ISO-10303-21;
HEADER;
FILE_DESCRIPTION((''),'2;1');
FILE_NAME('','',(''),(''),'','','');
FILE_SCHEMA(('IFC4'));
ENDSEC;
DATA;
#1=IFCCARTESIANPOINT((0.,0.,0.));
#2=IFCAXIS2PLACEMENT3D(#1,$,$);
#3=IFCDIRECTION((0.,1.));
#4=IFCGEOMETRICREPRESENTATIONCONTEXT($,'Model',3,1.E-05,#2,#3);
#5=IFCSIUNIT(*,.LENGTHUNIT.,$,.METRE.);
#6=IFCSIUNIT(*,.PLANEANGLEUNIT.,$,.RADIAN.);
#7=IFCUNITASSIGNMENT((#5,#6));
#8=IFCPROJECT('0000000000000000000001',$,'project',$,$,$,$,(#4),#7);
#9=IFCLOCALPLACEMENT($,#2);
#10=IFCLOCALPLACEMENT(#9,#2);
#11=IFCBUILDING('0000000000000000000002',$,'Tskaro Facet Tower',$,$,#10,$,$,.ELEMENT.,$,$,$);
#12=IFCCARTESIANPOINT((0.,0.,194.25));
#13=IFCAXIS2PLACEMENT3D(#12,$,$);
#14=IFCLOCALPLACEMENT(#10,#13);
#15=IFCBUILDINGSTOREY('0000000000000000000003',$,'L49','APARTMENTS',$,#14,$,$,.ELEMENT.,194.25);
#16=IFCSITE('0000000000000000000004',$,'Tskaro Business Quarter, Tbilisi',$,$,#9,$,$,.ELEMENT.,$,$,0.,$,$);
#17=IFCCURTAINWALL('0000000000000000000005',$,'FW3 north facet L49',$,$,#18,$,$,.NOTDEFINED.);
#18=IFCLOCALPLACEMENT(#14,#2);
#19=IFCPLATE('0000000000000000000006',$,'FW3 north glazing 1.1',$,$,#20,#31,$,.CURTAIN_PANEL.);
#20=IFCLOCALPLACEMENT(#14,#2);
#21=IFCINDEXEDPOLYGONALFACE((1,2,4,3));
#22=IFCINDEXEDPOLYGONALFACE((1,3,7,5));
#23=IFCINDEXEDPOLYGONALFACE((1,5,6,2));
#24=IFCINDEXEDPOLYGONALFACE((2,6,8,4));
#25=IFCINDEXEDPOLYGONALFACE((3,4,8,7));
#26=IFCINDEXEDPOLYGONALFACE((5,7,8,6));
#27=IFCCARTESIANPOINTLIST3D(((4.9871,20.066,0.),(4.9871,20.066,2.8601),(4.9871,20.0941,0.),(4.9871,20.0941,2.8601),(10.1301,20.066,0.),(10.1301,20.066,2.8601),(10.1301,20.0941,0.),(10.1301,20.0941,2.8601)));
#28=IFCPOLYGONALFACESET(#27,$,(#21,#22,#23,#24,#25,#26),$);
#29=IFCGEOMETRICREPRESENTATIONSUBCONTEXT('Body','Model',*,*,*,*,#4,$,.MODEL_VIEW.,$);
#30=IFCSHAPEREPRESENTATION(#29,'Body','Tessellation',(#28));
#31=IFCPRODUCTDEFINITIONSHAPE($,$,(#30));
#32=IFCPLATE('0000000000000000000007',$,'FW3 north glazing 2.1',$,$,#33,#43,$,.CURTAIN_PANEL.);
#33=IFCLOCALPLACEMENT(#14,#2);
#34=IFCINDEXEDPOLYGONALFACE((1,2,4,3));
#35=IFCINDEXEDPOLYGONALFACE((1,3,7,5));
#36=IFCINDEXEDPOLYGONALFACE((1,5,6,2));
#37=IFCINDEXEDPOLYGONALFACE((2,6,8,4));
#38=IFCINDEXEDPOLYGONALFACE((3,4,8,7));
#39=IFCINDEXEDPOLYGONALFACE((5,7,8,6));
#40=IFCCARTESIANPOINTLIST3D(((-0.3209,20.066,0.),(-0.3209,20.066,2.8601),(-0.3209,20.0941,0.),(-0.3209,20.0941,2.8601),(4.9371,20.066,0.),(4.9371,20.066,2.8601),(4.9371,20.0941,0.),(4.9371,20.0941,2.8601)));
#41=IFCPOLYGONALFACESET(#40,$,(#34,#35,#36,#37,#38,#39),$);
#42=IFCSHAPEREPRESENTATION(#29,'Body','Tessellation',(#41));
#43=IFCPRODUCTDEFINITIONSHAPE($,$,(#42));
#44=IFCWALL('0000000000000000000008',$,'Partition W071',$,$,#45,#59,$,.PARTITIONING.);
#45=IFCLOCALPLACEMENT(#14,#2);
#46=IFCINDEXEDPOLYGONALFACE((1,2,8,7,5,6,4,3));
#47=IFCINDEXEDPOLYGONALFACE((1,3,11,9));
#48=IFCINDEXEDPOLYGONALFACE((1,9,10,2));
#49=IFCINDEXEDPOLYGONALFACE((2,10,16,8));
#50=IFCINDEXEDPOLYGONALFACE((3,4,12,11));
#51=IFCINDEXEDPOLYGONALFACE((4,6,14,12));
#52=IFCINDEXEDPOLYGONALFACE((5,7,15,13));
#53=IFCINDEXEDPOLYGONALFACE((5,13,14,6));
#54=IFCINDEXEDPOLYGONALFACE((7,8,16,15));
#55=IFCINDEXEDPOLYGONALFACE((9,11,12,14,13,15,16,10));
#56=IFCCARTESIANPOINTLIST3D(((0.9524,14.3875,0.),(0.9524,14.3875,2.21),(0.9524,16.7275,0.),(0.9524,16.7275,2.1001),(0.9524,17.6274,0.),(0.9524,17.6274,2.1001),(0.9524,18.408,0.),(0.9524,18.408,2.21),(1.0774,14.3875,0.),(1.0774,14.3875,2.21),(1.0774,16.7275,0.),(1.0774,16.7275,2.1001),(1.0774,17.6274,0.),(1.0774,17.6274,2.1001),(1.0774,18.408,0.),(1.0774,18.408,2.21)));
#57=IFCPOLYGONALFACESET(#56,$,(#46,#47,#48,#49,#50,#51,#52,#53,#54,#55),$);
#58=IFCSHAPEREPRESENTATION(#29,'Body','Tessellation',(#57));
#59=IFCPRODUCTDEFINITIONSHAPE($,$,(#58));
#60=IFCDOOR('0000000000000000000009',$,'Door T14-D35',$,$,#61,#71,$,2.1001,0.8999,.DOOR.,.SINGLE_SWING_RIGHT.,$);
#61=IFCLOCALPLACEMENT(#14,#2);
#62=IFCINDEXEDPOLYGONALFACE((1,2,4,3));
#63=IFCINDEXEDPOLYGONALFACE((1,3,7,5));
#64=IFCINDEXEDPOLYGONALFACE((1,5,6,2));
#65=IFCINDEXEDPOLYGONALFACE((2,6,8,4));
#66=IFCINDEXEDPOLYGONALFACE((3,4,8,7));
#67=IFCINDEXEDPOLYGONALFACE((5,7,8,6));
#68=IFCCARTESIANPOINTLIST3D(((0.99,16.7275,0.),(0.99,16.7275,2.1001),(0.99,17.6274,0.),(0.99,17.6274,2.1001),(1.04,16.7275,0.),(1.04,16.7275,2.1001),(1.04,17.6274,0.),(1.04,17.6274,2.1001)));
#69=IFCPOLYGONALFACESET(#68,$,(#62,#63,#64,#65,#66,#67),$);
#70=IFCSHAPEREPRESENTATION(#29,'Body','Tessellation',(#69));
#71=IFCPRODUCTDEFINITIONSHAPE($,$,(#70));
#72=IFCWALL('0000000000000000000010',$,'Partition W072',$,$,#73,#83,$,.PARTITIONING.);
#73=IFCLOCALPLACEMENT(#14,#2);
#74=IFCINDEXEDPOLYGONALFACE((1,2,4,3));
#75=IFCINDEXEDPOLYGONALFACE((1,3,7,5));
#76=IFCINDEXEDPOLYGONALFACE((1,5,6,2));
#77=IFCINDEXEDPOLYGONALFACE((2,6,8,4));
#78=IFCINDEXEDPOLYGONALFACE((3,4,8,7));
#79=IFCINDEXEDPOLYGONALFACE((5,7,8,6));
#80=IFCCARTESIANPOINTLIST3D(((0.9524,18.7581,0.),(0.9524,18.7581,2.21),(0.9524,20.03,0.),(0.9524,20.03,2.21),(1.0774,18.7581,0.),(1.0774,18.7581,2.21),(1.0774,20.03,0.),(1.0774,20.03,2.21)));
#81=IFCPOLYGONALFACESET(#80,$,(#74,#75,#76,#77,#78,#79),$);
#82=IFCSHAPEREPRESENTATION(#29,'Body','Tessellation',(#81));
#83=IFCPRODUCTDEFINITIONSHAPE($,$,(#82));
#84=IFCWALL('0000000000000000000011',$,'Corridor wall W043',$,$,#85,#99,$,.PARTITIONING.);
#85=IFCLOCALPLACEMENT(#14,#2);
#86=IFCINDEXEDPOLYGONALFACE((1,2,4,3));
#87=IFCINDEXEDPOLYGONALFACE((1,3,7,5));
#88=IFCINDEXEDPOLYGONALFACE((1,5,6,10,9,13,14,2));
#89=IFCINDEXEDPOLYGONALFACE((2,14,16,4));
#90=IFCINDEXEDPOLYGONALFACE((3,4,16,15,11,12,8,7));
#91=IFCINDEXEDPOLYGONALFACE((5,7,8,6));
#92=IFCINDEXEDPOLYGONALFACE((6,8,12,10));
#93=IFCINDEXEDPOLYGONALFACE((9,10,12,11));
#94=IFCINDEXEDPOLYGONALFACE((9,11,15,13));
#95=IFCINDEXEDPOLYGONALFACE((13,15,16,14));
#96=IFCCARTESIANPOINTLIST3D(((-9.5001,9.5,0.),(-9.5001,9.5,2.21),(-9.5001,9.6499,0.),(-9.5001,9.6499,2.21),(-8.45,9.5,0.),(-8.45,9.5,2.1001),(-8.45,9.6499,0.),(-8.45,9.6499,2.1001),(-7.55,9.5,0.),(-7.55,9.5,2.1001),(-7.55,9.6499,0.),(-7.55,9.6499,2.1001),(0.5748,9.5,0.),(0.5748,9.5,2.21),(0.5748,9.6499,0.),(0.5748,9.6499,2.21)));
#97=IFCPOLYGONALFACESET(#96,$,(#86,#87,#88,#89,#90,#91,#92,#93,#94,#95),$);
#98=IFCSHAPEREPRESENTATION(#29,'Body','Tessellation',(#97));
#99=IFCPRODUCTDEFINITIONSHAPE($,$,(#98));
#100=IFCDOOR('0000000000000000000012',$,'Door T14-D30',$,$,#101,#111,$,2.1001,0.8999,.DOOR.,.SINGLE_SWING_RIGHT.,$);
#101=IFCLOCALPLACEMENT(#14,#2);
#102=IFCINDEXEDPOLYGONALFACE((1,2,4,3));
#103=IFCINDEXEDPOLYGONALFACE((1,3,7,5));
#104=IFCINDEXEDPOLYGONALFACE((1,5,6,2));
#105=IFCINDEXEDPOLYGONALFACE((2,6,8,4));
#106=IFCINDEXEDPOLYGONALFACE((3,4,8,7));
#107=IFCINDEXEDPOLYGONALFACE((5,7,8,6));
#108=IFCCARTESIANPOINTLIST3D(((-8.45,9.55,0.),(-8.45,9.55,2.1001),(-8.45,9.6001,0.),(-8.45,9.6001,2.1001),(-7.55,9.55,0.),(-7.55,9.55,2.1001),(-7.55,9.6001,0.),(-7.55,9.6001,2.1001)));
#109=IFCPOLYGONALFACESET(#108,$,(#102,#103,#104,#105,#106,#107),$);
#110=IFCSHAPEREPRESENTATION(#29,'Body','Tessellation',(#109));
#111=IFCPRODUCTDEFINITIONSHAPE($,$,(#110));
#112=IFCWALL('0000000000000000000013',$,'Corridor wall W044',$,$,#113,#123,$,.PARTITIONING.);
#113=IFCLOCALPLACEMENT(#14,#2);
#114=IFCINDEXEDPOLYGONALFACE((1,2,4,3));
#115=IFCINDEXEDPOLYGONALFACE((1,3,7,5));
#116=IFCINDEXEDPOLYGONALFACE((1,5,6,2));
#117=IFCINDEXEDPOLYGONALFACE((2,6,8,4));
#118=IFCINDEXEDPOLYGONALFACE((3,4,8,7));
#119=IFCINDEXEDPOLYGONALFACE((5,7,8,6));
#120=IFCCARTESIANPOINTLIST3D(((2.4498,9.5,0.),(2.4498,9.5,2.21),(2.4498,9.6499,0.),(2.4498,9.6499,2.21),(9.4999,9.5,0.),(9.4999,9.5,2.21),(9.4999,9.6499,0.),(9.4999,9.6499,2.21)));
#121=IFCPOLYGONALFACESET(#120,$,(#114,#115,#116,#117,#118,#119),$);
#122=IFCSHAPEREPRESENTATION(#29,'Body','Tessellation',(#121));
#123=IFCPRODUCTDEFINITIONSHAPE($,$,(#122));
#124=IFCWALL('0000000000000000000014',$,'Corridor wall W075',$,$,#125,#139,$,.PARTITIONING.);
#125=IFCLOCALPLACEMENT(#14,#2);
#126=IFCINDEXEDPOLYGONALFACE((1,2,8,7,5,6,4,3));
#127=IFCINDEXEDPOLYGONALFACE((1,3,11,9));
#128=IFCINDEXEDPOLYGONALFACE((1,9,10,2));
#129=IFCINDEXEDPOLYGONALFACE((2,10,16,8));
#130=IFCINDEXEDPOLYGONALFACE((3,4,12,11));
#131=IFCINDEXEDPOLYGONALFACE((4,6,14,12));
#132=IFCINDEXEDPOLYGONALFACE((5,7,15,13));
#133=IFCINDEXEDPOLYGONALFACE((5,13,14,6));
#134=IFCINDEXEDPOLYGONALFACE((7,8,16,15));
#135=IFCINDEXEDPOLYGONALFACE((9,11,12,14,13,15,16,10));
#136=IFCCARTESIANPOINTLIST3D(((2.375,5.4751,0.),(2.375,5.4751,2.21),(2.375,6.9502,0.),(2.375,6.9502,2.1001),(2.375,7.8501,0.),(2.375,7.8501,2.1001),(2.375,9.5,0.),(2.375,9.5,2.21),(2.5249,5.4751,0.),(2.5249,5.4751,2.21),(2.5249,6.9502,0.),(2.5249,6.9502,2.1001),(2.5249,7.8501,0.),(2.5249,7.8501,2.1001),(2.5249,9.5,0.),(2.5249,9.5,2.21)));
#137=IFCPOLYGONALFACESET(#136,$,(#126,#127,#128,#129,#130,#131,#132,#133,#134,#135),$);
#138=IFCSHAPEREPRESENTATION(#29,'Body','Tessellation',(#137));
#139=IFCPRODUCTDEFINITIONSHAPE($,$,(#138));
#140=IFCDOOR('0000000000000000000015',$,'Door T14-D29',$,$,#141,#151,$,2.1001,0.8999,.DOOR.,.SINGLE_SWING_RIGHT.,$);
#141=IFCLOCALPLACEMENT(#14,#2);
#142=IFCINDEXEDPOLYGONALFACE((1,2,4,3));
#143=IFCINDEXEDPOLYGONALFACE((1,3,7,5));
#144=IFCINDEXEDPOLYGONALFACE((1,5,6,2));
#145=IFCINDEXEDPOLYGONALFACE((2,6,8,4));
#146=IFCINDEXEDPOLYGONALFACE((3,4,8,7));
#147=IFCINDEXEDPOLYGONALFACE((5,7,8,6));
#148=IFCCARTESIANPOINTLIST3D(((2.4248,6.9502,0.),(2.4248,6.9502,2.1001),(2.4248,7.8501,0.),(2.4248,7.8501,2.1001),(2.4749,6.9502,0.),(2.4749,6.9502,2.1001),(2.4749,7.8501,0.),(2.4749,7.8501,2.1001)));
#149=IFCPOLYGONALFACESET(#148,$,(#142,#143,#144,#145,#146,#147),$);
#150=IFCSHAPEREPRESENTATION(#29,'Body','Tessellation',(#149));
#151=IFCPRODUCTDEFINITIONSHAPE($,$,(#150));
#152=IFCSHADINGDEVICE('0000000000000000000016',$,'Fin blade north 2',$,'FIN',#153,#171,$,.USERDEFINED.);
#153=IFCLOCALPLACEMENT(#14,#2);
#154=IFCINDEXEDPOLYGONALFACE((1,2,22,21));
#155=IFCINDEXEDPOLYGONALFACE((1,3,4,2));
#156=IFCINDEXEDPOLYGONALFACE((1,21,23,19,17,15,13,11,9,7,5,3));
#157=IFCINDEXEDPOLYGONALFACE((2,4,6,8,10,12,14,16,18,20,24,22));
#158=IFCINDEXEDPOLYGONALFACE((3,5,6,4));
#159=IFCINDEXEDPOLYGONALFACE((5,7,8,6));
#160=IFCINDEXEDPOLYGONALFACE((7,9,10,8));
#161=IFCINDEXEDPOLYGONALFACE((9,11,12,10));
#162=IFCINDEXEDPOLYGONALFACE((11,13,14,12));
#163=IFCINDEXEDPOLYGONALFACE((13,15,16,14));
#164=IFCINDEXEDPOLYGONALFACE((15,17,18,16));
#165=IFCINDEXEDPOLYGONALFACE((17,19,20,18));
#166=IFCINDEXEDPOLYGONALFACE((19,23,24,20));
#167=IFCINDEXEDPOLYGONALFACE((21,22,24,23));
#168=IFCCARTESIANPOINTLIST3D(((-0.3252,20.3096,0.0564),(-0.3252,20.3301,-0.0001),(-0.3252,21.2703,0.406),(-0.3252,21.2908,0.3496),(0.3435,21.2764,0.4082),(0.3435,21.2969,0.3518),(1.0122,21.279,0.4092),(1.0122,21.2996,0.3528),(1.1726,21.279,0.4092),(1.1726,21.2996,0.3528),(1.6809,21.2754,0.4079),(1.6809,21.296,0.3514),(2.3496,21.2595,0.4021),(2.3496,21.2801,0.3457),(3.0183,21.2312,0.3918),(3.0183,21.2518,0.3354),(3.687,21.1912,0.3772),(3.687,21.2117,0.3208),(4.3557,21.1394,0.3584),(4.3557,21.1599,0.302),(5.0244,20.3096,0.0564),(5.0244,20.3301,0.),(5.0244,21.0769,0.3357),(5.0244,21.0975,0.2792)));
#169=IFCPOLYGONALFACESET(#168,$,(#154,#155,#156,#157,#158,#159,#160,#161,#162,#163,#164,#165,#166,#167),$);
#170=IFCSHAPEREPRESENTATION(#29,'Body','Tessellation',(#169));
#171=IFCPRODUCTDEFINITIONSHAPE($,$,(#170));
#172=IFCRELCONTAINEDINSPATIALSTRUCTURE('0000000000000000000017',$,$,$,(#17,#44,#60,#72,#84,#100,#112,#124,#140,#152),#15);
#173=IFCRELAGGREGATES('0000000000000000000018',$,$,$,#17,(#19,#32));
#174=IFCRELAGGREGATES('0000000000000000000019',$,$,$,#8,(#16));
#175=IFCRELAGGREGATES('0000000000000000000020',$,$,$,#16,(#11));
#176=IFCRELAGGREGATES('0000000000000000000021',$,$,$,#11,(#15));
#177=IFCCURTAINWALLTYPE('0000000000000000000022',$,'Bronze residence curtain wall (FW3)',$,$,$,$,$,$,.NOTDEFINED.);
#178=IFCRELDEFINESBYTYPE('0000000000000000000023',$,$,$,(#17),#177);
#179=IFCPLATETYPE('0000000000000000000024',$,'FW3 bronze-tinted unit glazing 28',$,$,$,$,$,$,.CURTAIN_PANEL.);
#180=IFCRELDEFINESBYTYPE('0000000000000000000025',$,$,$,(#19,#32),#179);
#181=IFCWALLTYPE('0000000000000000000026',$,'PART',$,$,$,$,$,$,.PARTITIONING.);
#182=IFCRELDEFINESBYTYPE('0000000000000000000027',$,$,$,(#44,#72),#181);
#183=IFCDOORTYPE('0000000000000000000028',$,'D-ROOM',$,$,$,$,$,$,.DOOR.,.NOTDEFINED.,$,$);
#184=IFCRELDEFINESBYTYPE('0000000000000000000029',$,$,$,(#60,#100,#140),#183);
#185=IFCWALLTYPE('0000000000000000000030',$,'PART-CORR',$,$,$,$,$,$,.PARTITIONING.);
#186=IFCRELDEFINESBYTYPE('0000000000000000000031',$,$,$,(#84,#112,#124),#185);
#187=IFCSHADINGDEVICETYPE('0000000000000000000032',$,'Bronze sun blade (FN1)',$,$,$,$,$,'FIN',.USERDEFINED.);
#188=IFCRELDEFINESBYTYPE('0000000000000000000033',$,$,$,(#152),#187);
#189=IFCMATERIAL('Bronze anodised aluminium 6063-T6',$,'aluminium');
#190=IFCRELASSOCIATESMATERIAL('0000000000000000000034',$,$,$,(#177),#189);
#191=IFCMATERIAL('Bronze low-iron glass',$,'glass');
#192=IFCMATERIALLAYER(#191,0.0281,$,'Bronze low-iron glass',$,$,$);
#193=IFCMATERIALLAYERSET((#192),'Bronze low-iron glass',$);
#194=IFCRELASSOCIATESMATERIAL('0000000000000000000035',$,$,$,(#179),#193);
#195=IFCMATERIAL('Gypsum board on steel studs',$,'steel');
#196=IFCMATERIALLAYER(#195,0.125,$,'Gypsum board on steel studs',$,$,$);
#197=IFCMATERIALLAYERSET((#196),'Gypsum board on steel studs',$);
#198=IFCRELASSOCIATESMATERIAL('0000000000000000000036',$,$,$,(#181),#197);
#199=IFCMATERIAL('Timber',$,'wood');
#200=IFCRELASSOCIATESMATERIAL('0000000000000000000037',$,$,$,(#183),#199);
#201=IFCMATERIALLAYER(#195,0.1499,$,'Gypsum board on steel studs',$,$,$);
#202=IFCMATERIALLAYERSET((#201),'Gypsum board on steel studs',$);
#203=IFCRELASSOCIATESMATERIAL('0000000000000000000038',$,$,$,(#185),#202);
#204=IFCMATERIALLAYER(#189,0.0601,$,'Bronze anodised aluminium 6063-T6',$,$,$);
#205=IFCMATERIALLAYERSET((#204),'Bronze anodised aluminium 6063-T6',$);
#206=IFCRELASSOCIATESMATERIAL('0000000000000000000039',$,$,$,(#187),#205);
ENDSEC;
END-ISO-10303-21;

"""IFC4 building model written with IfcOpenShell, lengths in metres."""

from ifc_helpers import new_model, si_unit, direction, frame, frame_2d, origin, origin_2d, place, context, subcontext, project, spatial, polyline, rectangle, outline, extrude, material, layer, layer_set, type_object, element, fill, aggregate, save


model = new_model("IFC4")

# Units and contexts
model_context = context("Model", 3, precision=1e-05, world=origin(), true_north=direction((0.0, 1.0)))
body_context = subcontext(model_context, "Body", "Model", "MODEL_VIEW")
ifc_project = project(units=[si_unit("LENGTHUNIT", "METRE"), si_unit("PLANEANGLEUNIT", "RADIAN")], contexts=[model_context])

# Site, building, storey
site_placement = place(None, origin())
site = spatial("IfcSite", under=ifc_project, at=site_placement, Name="Tskaro Business Quarter, Tbilisi", CompositionType="ELEMENT", RefElevation=0.0)
building_placement = place(site_placement, origin())
building = spatial("IfcBuilding", under=site, at=building_placement, Name="Tskaro Facet Tower", CompositionType="ELEMENT")
storey_placement = place(building_placement, frame((0.0, 0.0, 194.25)))
storey = spatial("IfcBuildingStorey", under=building, at=storey_placement, Name="L49", Description="APARTMENTS", CompositionType="ELEMENT", Elevation=194.25)

# Curtain wall
ifc_material_1 = material(Name="Bronze anodised aluminium 6063-T6", Category="aluminium")
curtain_wall_type = type_object("IfcCurtainWallType", Name="Bronze residence curtain wall (FW3)", PredefinedType="NOTDEFINED", material=ifc_material_1)
curtain_wall_placement = place(storey_placement, origin())
curtain_wall = element("IfcCurtainWall", 1, at=curtain_wall_placement, inside=storey, type_object=curtain_wall_type, Name="FW3 north facet L49", PredefinedType="NOTDEFINED")

# Plates
ifc_material_2 = material(Name="Bronze low-iron glass", Category="glass")
ifc_layer_1 = layer(ifc_material_2, 0.0281, Name="Bronze low-iron glass")
ifc_layer_set_1 = layer_set([ifc_layer_1], Name="Bronze low-iron glass")
plate_type = type_object("IfcPlateType", Name="FW3 bronze-tinted unit glazing 28", PredefinedType="CURTAIN_PANEL", material=ifc_layer_set_1)
plate_1_placement = place(storey_placement, frame((7.5586, 20.0801, 0.0), z_axis=(0.0, 0.0, 1.0), x_axis=(-1.0, 0.0, 0.0)))
plate_1 = element("IfcPlate", 2, at=plate_1_placement, type_object=plate_type, Name="FW3 north glazing 1.1", PredefinedType="CURTAIN_PANEL", context=body_context, shape_type="SweptSolid", body=[
    extrude(rectangle(XDim=5.1431, YDim=0.0281, at=origin_2d()), origin(), (0.0, 0.0, 1.0), 2.8601),
])
plate_2_placement = place(storey_placement, frame((2.3081, 20.0801, 0.0), z_axis=(0.0, 0.0, 1.0), x_axis=(-1.0, 0.0, 0.0)))
plate_2 = element("IfcPlate", 3, at=plate_2_placement, type_object=plate_type, Name="FW3 north glazing 2.1", PredefinedType="CURTAIN_PANEL", context=body_context, shape_type="SweptSolid", body=[
    extrude(rectangle(XDim=5.2581, YDim=0.0281, at=origin_2d()), origin(), (0.0, 0.0, 1.0), 2.8601),
])
aggregate(curtain_wall, [plate_1, plate_2])

# Wall, opening, door
ifc_material_3 = material(Name="Gypsum board on steel studs", Category="steel")
ifc_layer_2 = layer(ifc_material_3, 0.125, Name="Gypsum board on steel studs")
ifc_layer_set_2 = layer_set([ifc_layer_2], Name="Gypsum board on steel studs")
wall_type_1 = type_object("IfcWallType", Name="PART", PredefinedType="PARTITIONING", material=ifc_layer_set_2)
wall_1_placement = place(storey_placement, frame((1.0149, 14.3875, 0.0), z_axis=(0.0, 0.0, 1.0), x_axis=(0.0, 1.0, 0.0)))
wall_1 = element("IfcWall", 4, at=wall_1_placement, inside=storey, type_object=wall_type_1, Name="Partition W071", PredefinedType="PARTITIONING", context=body_context, shape_type="SweptSolid", body=[
    extrude(rectangle(XDim=4.0205, YDim=0.125, at=frame_2d((2.0103, 0.0))), origin(), (0.0, 0.0, 1.0), 2.21),
])
opening_1_placement = place(wall_1_placement, frame((2.3401, 0.0, 0.0)))
opening_1 = element("IfcOpeningElement", 5, at=opening_1_placement, cuts=wall_1, PredefinedType="OPENING", context=body_context, shape_type="SweptSolid", body=[
    extrude(rectangle(XDim=0.8999, YDim=2.1001, at=frame_2d((0.45, 1.05))), frame((0.0, 0.0725, 0.0), z_axis=(0.0, -1.0, 0.0), x_axis=(1.0, 0.0, 0.0)), (0.0, 0.0, 1.0), 0.145),
])
ifc_material_4 = material(Name="Timber", Category="wood")
door_type = type_object("IfcDoorType", Name="D-ROOM", OperationType="NOTDEFINED", PredefinedType="DOOR", material=ifc_material_4)
door_1_placement = place(opening_1_placement, origin())
door_1 = element("IfcDoor", 6, at=door_1_placement, inside=storey, type_object=door_type, Name="Door T14-D35", OperationType="SINGLE_SWING_RIGHT", OverallHeight=2.1001, OverallWidth=0.8999, PredefinedType="DOOR", context=body_context, shape_type="SweptSolid", body=[
    extrude(rectangle(XDim=0.8999, YDim=2.1001, at=frame_2d((0.45, 1.05))), frame((0.0, 0.0249, 0.0), z_axis=(0.0, -1.0, 0.0), x_axis=(1.0, 0.0, 0.0)), (0.0, 0.0, 1.0), 0.05),
])
fill(opening_1, door_1)

# Wall
wall_2_placement = place(storey_placement, frame((1.0149, 18.7581, 0.0), z_axis=(0.0, 0.0, 1.0), x_axis=(0.0, 1.0, 0.0)))
element("IfcWall", 7, at=wall_2_placement, inside=storey, type_object=wall_type_1, Name="Partition W072", PredefinedType="PARTITIONING", context=body_context, shape_type="SweptSolid", body=[
    extrude(rectangle(XDim=1.272, YDim=0.125, at=frame_2d((0.636, 0.0))), origin(), (0.0, 0.0, 1.0), 2.21),
])

# Wall, opening, door
ifc_layer_3 = layer(ifc_material_3, 0.1499, Name="Gypsum board on steel studs")
ifc_layer_set_3 = layer_set([ifc_layer_3], Name="Gypsum board on steel studs")
wall_type_2 = type_object("IfcWallType", Name="PART-CORR", PredefinedType="PARTITIONING", material=ifc_layer_set_3)
wall_3_placement = place(storey_placement, frame((0.575, 9.575, 0.0), z_axis=(0.0, 0.0, 1.0), x_axis=(-1.0, 0.0, 0.0)))
wall_3 = element("IfcWall", 8, at=wall_3_placement, inside=storey, type_object=wall_type_2, Name="Corridor wall W043", PredefinedType="PARTITIONING", context=body_context, shape_type="SweptSolid", body=[
    extrude(rectangle(XDim=10.075, YDim=0.1499, at=frame_2d((5.0376, 0.0))), origin(), (0.0, 0.0, 1.0), 2.21),
])
opening_2_placement = place(wall_3_placement, frame((8.125, 0.0, 0.0)))
opening_2 = element("IfcOpeningElement", 9, at=opening_2_placement, cuts=wall_3, PredefinedType="OPENING", context=body_context, shape_type="SweptSolid", body=[
    extrude(rectangle(XDim=0.8999, YDim=2.1001, at=frame_2d((0.45, 1.05))), frame((0.0, 0.085, 0.0), z_axis=(0.0, -1.0, 0.0), x_axis=(1.0, 0.0, 0.0)), (0.0, 0.0, 1.0), 0.1699),
])
door_2_placement = place(opening_2_placement, origin())
door_2 = element("IfcDoor", 10, at=door_2_placement, inside=storey, type_object=door_type, Name="Door T14-D30", OperationType="SINGLE_SWING_RIGHT", OverallHeight=2.1001, OverallWidth=0.8999, PredefinedType="DOOR", context=body_context, shape_type="SweptSolid", body=[
    extrude(rectangle(XDim=0.8999, YDim=2.1001, at=frame_2d((0.45, 1.05))), frame((0.0, 0.0249, 0.0), z_axis=(0.0, -1.0, 0.0), x_axis=(1.0, 0.0, 0.0)), (0.0, 0.0, 1.0), 0.05),
])
fill(opening_2, door_2)

# Wall
wall_4_placement = place(storey_placement, frame((2.45, 9.575, 0.0), z_axis=(0.0, 0.0, 1.0), x_axis=(1.0, 0.0, 0.0)))
element("IfcWall", 11, at=wall_4_placement, inside=storey, type_object=wall_type_2, Name="Corridor wall W044", PredefinedType="PARTITIONING", context=body_context, shape_type="SweptSolid", body=[
    extrude(rectangle(XDim=7.05, YDim=0.1499, at=frame_2d((3.5249, 0.0))), origin(), (0.0, 0.0, 1.0), 2.21),
])

# Wall, opening, door
wall_5_placement = place(storey_placement, frame((2.45, 9.5, 0.0), z_axis=(0.0, 0.0, 1.0), x_axis=(0.0, -1.0, 0.0)))
wall_5 = element("IfcWall", 12, at=wall_5_placement, inside=storey, type_object=wall_type_2, Name="Corridor wall W075", PredefinedType="PARTITIONING", context=body_context, shape_type="SweptSolid", body=[
    extrude(rectangle(XDim=4.0249, YDim=0.1499, at=frame_2d((2.0125, 0.0))), origin(), (0.0, 0.0, 1.0), 2.21),
])
opening_3_placement = place(wall_5_placement, frame((1.6499, 0.0, 0.0)))
opening_3 = element("IfcOpeningElement", 13, at=opening_3_placement, cuts=wall_5, PredefinedType="OPENING", context=body_context, shape_type="SweptSolid", body=[
    extrude(rectangle(XDim=0.8999, YDim=2.1001, at=frame_2d((0.45, 1.05))), frame((0.0, 0.085, 0.0), z_axis=(0.0, -1.0, 0.0), x_axis=(1.0, 0.0, 0.0)), (0.0, 0.0, 1.0), 0.1699),
])
door_3_placement = place(opening_3_placement, origin())
door_3 = element("IfcDoor", 14, at=door_3_placement, inside=storey, type_object=door_type, Name="Door T14-D29", OperationType="SINGLE_SWING_RIGHT", OverallHeight=2.1001, OverallWidth=0.8999, PredefinedType="DOOR", context=body_context, shape_type="SweptSolid", body=[
    extrude(rectangle(XDim=0.8999, YDim=2.1001, at=frame_2d((0.45, 1.05))), frame((0.0, 0.0249, 0.0), z_axis=(0.0, -1.0, 0.0), x_axis=(1.0, 0.0, 0.0)), (0.0, 0.0, 1.0), 0.05),
])
fill(opening_3, door_3)

# Shading device
ifc_layer_4 = layer(ifc_material_1, 0.0601, Name="Bronze anodised aluminium 6063-T6")
ifc_layer_set_4 = layer_set([ifc_layer_4], Name="Bronze anodised aluminium 6063-T6")
shading_device_type = type_object("IfcShadingDeviceType", Name="Bronze sun blade (FN1)", ElementType="FIN", PredefinedType="USERDEFINED", material=ifc_layer_set_4)
shading_device_1_placement = place(storey_placement, frame((5.0244, 20.3096, 0.0564), z_axis=(-0.000005, -0.341985, 0.939706), x_axis=(-1.0, 0.000002, -0.000004)))
element("IfcShadingDevice", 15, at=shading_device_1_placement, inside=storey, type_object=shading_device_type, Name="Fin blade north 2", ObjectType="FIN", PredefinedType="USERDEFINED", context=body_context, shape_type="SweptSolid", body=[
    extrude(outline(polyline([(0.0, 0.0), (5.3496, 0.0), (5.3496, -1.0223), (4.6809, -1.0288), (4.0122, -1.0317), (3.8518, -1.0317), (3.3435, -1.0278), (2.6748, -1.0109), (2.0061, -0.9808), (1.3374, -0.9381), (0.6687, -0.8831), (0.0, -0.8166), (0.0, 0.0)])), origin(), (0.0, 0.0, -1.0), 0.0601),
])

save(model, "model.ifc")
